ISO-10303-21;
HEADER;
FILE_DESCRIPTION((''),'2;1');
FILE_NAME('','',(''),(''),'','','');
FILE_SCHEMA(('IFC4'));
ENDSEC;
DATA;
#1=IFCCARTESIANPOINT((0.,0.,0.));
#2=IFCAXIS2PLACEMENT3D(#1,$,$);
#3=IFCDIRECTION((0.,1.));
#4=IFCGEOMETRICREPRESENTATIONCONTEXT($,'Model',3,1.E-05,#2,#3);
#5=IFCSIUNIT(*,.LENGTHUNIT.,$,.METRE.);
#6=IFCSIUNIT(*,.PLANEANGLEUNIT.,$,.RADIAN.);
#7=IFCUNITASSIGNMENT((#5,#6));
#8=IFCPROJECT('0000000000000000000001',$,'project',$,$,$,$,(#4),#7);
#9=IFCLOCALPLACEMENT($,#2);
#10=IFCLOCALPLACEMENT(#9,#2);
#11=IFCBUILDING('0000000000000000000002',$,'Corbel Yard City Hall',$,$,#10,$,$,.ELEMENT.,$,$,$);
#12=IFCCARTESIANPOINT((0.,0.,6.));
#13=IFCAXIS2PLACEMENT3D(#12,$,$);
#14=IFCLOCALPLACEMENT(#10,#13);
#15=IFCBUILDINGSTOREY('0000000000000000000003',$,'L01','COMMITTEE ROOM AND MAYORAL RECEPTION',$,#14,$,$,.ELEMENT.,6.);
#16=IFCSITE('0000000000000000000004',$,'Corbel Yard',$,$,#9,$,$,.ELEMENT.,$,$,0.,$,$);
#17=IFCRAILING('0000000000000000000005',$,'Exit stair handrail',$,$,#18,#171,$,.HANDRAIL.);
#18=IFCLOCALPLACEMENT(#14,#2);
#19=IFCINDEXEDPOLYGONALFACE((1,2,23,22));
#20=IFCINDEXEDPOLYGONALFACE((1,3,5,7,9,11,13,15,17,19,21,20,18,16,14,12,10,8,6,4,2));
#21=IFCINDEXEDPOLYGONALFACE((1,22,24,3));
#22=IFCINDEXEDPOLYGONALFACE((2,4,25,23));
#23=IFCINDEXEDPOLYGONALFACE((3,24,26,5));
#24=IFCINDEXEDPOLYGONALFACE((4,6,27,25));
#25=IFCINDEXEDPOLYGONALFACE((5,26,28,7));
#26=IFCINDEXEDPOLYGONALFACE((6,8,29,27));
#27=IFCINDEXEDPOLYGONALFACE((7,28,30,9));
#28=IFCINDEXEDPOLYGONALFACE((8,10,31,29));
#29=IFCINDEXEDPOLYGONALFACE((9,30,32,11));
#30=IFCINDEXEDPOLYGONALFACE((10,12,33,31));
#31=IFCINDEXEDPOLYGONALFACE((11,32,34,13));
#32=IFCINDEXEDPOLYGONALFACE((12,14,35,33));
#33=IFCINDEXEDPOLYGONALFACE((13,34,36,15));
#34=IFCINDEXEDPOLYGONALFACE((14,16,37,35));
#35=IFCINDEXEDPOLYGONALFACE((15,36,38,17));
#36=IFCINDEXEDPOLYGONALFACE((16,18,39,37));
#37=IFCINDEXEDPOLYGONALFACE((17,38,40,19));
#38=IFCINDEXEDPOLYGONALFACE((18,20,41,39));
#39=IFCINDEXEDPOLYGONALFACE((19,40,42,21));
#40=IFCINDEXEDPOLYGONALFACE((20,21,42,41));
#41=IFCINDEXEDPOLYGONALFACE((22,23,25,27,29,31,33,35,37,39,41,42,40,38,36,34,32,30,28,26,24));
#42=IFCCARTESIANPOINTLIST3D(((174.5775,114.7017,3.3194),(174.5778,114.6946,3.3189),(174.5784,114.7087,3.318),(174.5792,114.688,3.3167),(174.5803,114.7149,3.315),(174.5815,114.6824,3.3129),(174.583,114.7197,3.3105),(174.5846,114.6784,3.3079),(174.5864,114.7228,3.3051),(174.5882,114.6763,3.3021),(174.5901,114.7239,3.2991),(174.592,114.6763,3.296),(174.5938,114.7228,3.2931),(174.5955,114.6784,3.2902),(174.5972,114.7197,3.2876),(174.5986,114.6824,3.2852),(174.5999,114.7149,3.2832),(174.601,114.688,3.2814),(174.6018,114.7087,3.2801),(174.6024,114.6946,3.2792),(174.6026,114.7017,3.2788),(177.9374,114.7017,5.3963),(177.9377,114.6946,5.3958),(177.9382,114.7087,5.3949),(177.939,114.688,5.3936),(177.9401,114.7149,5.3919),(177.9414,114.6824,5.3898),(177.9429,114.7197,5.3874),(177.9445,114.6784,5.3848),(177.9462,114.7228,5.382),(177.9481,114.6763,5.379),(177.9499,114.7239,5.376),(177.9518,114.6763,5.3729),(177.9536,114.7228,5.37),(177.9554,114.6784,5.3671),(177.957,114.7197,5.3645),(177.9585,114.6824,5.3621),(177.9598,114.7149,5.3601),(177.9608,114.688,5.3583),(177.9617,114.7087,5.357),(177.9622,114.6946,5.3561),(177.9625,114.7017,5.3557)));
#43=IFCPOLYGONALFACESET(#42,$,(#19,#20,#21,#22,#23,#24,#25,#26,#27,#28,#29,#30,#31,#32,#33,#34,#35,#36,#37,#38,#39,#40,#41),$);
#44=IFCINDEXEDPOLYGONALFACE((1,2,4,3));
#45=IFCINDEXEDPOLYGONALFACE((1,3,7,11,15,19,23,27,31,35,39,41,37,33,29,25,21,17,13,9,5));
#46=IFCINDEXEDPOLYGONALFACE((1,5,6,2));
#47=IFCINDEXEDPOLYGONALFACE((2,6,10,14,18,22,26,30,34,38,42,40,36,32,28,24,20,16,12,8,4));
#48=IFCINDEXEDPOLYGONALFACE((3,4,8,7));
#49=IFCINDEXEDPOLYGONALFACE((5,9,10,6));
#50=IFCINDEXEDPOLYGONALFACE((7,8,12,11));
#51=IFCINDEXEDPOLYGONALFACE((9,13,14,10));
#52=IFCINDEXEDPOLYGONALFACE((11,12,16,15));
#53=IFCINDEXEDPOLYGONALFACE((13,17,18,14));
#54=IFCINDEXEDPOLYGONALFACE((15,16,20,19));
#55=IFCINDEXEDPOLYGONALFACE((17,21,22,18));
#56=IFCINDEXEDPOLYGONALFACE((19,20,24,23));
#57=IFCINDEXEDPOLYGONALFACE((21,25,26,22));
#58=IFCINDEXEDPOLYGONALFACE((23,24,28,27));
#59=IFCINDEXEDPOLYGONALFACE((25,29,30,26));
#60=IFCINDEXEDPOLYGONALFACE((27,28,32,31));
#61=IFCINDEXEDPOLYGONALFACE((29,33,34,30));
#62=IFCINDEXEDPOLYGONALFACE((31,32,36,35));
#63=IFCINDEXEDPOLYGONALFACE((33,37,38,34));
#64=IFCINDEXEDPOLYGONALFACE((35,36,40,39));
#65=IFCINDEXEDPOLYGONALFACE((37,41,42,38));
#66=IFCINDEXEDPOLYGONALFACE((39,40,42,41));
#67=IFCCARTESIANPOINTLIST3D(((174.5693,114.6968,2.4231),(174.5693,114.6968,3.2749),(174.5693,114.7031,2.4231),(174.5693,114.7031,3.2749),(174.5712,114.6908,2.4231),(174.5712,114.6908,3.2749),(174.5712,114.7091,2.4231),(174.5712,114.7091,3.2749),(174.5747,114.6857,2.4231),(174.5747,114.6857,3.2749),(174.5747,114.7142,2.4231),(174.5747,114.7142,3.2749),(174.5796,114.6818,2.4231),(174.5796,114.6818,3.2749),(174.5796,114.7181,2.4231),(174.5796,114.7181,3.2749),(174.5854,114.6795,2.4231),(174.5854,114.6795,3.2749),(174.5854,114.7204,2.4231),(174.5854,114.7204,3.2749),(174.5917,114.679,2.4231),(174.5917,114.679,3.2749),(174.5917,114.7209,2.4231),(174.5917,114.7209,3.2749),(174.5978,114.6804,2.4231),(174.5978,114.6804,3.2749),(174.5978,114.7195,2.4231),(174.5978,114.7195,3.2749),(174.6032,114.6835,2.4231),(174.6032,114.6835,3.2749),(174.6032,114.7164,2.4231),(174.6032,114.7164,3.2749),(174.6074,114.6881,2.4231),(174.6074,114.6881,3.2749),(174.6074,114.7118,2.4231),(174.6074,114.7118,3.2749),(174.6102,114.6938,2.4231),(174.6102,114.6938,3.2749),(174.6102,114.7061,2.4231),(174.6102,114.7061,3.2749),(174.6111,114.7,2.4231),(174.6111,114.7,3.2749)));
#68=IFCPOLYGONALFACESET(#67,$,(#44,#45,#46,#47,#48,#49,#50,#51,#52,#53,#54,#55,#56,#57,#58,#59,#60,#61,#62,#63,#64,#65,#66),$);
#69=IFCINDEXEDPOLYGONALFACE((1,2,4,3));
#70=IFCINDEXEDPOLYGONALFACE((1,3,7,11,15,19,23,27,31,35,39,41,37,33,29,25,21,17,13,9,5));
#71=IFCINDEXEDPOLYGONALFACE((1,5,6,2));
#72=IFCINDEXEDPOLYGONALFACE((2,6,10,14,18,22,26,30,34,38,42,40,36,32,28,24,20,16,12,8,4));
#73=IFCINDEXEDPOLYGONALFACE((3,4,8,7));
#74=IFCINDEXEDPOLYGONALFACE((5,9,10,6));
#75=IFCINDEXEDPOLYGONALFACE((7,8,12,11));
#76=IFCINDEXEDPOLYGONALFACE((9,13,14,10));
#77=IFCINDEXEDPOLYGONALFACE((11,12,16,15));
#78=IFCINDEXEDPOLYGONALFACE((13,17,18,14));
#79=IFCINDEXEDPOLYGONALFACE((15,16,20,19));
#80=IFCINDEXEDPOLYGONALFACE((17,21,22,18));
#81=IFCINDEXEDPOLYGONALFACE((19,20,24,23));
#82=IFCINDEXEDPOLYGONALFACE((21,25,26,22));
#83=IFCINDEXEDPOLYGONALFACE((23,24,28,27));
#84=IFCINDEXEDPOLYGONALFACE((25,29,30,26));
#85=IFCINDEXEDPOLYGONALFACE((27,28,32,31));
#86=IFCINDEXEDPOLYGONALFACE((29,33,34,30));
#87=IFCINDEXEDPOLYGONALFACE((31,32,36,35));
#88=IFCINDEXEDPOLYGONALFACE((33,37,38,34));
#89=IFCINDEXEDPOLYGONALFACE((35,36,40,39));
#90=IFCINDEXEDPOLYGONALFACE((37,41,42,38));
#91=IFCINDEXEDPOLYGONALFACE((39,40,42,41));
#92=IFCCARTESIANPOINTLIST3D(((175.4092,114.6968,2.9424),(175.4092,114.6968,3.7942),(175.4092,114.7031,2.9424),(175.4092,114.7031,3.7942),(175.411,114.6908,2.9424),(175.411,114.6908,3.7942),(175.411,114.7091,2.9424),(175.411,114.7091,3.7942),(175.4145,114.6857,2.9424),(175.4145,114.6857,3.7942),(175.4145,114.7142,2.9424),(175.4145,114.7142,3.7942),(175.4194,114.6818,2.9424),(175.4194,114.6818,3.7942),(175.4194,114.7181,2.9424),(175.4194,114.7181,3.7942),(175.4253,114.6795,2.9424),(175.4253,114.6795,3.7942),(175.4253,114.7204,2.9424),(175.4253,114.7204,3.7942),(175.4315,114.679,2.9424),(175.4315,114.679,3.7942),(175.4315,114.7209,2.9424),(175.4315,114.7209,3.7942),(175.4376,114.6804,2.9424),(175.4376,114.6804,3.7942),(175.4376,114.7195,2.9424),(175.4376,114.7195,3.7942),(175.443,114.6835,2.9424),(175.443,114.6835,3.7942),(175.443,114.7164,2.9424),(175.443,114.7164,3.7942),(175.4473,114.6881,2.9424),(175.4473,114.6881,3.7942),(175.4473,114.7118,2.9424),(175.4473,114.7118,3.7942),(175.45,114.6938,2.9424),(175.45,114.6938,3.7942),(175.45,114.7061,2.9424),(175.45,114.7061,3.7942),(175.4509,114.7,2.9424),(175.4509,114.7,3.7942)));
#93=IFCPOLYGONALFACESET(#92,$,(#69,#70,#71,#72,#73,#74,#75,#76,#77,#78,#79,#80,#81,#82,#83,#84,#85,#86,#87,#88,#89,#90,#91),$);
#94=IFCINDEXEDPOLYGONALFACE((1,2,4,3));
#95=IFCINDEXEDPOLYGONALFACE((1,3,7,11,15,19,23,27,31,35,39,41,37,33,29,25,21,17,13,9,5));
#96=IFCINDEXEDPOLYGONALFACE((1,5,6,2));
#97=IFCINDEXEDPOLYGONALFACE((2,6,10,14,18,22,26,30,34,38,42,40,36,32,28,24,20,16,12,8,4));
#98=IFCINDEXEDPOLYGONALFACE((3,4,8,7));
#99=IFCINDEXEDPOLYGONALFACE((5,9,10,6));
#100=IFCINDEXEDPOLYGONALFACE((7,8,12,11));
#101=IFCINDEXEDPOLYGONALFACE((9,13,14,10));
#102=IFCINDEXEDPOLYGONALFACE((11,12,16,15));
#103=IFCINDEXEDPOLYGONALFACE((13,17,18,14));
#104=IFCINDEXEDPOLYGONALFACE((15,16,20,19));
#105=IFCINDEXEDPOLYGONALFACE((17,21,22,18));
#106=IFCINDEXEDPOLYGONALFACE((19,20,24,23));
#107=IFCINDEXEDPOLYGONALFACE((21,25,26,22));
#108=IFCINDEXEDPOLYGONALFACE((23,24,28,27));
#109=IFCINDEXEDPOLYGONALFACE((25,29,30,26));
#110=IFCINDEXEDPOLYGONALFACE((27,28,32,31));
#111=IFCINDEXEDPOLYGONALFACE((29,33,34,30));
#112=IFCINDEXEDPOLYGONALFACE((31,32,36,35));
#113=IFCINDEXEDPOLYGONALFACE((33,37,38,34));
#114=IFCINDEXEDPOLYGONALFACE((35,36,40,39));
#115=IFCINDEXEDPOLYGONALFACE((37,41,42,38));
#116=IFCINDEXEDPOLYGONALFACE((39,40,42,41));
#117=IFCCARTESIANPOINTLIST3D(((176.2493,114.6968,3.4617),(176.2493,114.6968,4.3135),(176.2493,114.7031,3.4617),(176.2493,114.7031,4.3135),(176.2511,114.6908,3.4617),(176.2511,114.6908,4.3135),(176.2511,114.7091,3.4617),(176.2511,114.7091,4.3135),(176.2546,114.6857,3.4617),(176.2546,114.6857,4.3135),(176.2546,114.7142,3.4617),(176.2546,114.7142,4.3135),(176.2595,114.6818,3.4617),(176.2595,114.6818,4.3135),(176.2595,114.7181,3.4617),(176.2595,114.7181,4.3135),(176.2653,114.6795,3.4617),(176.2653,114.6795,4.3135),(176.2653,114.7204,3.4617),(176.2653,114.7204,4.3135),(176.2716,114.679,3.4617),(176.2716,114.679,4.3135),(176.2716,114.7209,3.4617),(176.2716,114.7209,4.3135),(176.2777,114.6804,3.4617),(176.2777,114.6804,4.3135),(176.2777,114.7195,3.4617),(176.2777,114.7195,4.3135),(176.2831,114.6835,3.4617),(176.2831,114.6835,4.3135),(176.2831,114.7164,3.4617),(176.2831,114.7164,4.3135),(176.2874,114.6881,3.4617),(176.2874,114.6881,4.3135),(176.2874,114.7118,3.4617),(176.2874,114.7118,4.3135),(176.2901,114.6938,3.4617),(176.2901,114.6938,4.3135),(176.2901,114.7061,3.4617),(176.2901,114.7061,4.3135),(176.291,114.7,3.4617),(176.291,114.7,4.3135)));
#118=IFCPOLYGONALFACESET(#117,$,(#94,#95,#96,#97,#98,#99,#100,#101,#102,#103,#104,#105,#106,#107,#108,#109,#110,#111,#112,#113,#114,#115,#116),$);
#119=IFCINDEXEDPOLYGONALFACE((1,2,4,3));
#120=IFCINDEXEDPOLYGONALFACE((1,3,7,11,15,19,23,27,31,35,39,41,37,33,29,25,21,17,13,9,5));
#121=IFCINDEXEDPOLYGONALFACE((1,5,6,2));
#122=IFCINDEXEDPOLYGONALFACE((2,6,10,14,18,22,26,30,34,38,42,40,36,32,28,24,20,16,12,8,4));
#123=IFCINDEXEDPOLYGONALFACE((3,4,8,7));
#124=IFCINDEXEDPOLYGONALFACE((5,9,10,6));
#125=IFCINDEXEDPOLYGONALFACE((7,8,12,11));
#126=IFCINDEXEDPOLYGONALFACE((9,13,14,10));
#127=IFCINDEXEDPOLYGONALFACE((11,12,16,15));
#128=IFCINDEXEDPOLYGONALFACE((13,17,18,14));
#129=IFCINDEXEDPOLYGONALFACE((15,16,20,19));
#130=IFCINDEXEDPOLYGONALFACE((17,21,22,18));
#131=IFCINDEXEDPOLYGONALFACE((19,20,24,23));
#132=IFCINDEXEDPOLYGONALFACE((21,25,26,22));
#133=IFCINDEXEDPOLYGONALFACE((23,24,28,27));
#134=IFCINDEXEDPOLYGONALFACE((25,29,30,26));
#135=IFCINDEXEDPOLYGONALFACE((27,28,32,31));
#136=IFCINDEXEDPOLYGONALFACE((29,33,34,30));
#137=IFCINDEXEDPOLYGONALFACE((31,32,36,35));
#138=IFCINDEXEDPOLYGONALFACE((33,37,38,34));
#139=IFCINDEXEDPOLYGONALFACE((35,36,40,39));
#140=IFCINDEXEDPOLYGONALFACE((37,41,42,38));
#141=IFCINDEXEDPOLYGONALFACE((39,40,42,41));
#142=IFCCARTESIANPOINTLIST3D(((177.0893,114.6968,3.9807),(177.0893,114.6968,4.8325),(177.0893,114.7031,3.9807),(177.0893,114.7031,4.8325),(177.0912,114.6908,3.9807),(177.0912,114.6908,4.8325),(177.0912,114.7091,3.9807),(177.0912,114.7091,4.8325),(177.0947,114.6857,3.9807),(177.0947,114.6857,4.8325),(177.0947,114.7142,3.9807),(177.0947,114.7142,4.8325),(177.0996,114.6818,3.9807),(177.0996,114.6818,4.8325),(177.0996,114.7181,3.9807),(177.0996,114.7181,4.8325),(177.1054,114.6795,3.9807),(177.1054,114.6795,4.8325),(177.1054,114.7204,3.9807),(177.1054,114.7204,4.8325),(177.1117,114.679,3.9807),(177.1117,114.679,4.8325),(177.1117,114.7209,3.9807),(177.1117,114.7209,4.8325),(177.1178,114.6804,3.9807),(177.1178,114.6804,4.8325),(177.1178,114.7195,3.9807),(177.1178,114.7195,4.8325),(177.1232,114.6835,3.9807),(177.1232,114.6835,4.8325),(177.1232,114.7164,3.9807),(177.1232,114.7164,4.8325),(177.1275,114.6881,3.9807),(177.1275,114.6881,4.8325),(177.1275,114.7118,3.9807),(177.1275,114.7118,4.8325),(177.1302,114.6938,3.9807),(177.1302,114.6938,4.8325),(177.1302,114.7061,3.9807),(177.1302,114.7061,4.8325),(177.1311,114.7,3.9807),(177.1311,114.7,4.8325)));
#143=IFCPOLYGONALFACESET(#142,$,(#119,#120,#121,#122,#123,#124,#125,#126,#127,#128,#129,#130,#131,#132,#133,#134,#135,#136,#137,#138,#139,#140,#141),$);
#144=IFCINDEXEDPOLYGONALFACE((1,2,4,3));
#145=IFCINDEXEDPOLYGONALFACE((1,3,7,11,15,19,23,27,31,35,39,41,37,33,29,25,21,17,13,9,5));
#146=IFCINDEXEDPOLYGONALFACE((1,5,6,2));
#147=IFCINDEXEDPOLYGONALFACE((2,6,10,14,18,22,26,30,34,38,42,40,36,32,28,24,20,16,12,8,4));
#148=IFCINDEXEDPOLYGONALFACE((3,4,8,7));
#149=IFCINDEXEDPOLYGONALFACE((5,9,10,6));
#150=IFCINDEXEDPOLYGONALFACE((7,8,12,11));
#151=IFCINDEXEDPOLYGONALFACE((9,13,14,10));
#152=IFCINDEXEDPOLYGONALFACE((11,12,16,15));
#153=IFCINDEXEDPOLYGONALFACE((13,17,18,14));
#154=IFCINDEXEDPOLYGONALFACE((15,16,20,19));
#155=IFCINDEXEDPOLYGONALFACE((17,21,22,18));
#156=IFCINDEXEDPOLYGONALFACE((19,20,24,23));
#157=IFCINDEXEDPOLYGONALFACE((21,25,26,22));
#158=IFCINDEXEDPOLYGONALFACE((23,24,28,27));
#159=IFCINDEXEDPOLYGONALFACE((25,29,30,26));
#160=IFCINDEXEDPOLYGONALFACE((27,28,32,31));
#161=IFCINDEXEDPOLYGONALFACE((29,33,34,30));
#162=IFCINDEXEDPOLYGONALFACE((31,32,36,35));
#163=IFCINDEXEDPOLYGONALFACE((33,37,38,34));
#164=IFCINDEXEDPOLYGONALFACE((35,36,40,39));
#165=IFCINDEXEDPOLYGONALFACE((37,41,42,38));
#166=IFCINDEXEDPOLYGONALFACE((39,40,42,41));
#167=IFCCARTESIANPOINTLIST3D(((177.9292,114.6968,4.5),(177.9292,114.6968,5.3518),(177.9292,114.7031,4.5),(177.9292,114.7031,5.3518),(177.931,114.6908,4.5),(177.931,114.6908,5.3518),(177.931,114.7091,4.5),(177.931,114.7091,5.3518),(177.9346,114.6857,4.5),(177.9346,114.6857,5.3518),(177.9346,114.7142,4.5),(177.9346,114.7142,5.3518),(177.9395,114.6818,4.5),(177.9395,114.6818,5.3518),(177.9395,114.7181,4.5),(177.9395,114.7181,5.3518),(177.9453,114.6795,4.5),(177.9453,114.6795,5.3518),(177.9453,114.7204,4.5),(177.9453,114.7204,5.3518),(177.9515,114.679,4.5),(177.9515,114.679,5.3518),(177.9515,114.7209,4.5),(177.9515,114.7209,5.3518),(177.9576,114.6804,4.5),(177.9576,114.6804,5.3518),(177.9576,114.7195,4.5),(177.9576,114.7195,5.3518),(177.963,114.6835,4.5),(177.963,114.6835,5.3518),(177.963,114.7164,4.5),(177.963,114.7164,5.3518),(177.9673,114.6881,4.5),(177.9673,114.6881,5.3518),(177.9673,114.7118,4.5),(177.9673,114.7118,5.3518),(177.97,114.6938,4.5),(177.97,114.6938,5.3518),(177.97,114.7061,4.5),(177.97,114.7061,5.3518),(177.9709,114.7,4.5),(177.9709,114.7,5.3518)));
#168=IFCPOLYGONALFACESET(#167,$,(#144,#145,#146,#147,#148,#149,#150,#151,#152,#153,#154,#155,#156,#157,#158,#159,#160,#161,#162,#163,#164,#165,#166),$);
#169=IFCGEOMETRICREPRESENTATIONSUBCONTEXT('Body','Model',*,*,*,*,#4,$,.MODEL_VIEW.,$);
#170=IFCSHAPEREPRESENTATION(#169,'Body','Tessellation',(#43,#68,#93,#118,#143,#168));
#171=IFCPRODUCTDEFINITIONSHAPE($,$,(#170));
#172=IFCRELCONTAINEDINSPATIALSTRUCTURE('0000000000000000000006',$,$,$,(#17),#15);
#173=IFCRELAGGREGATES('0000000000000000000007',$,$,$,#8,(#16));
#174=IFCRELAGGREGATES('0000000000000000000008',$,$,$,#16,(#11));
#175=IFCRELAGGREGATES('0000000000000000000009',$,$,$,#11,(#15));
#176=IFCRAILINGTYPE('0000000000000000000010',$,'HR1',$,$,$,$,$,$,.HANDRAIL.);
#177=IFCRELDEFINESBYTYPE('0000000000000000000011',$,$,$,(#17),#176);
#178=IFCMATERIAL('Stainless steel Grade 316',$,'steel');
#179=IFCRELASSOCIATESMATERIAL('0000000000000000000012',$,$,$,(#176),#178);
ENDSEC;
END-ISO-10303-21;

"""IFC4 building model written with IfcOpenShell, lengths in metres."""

from ifc_helpers import new_model, si_unit, direction, frame, origin, origin_2d, place, context, subcontext, project, spatial, circle, extrude, material, type_object, element, save


model = new_model("IFC4")

# Units and contexts
model_context = context("Model", 3, precision=1e-05, world=origin(), true_north=direction((0.0, 1.0)))
body_context = subcontext(model_context, "Body", "Model", "MODEL_VIEW")
ifc_project = project(units=[si_unit("LENGTHUNIT", "METRE"), si_unit("PLANEANGLEUNIT", "RADIAN")], contexts=[model_context])

# Site, building, storey
site_placement = place(None, origin())
site = spatial("IfcSite", under=ifc_project, at=site_placement, Name="Corbel Yard", CompositionType="ELEMENT", RefElevation=0.0)
building_placement = place(site_placement, origin())
building = spatial("IfcBuilding", under=site, at=building_placement, Name="Corbel Yard City Hall", CompositionType="ELEMENT")
storey_placement = place(building_placement, frame((0.0, 0.0, 6.0)))
storey = spatial("IfcBuildingStorey", under=building, at=storey_placement, Name="L01", Description="COMMITTEE ROOM AND MAYORAL RECEPTION", CompositionType="ELEMENT", Elevation=6.0)

# Shared definitions
ifc_material_1 = material(Name="Stainless steel Grade 316", Category="steel")

# Railing
railing_type_1 = type_object("IfcRailingType", Name="HR1", PredefinedType="HANDRAIL", material=ifc_material_1)
for number, where, name in (
    (1, (174.5901, 114.7, 2.4231), "Exit stair handrail"),
):
    element("IfcRailing", number, at=place(storey_placement, frame(where)), inside=storey, type_object=railing_type_1, Name=name, PredefinedType="HANDRAIL", context=body_context, shape_type="SweptSolid", body=[
        extrude(circle(Radius=0.0239, at=origin_2d()), frame((0.0, 0.0, 0.876), z_axis=(0.850606, 0.0, 0.525803), x_axis=(0.0, 1.0, 0.0)), (0.0, 0.0, 1.0), 3.95),
        extrude(circle(Radius=0.021, at=origin_2d()), origin(), (0.0, 0.0, 1.0), 0.8518),
        extrude(circle(Radius=0.021, at=origin_2d()), frame((0.8398, 0.0, 0.5193)), (0.0, 0.0, 1.0), 0.8518),
        extrude(circle(Radius=0.021, at=origin_2d()), frame((1.6799, 0.0, 1.0386)), (0.0, 0.0, 1.0), 0.8518),
        extrude(circle(Radius=0.021, at=origin_2d()), frame((2.52, 0.0, 1.5576)), (0.0, 0.0, 1.0), 0.8518),
        extrude(circle(Radius=0.021, at=origin_2d()), frame((3.3599, 0.0, 2.0769)), (0.0, 0.0, 1.0), 0.8518),
    ])

save(model, "model.ifc")
